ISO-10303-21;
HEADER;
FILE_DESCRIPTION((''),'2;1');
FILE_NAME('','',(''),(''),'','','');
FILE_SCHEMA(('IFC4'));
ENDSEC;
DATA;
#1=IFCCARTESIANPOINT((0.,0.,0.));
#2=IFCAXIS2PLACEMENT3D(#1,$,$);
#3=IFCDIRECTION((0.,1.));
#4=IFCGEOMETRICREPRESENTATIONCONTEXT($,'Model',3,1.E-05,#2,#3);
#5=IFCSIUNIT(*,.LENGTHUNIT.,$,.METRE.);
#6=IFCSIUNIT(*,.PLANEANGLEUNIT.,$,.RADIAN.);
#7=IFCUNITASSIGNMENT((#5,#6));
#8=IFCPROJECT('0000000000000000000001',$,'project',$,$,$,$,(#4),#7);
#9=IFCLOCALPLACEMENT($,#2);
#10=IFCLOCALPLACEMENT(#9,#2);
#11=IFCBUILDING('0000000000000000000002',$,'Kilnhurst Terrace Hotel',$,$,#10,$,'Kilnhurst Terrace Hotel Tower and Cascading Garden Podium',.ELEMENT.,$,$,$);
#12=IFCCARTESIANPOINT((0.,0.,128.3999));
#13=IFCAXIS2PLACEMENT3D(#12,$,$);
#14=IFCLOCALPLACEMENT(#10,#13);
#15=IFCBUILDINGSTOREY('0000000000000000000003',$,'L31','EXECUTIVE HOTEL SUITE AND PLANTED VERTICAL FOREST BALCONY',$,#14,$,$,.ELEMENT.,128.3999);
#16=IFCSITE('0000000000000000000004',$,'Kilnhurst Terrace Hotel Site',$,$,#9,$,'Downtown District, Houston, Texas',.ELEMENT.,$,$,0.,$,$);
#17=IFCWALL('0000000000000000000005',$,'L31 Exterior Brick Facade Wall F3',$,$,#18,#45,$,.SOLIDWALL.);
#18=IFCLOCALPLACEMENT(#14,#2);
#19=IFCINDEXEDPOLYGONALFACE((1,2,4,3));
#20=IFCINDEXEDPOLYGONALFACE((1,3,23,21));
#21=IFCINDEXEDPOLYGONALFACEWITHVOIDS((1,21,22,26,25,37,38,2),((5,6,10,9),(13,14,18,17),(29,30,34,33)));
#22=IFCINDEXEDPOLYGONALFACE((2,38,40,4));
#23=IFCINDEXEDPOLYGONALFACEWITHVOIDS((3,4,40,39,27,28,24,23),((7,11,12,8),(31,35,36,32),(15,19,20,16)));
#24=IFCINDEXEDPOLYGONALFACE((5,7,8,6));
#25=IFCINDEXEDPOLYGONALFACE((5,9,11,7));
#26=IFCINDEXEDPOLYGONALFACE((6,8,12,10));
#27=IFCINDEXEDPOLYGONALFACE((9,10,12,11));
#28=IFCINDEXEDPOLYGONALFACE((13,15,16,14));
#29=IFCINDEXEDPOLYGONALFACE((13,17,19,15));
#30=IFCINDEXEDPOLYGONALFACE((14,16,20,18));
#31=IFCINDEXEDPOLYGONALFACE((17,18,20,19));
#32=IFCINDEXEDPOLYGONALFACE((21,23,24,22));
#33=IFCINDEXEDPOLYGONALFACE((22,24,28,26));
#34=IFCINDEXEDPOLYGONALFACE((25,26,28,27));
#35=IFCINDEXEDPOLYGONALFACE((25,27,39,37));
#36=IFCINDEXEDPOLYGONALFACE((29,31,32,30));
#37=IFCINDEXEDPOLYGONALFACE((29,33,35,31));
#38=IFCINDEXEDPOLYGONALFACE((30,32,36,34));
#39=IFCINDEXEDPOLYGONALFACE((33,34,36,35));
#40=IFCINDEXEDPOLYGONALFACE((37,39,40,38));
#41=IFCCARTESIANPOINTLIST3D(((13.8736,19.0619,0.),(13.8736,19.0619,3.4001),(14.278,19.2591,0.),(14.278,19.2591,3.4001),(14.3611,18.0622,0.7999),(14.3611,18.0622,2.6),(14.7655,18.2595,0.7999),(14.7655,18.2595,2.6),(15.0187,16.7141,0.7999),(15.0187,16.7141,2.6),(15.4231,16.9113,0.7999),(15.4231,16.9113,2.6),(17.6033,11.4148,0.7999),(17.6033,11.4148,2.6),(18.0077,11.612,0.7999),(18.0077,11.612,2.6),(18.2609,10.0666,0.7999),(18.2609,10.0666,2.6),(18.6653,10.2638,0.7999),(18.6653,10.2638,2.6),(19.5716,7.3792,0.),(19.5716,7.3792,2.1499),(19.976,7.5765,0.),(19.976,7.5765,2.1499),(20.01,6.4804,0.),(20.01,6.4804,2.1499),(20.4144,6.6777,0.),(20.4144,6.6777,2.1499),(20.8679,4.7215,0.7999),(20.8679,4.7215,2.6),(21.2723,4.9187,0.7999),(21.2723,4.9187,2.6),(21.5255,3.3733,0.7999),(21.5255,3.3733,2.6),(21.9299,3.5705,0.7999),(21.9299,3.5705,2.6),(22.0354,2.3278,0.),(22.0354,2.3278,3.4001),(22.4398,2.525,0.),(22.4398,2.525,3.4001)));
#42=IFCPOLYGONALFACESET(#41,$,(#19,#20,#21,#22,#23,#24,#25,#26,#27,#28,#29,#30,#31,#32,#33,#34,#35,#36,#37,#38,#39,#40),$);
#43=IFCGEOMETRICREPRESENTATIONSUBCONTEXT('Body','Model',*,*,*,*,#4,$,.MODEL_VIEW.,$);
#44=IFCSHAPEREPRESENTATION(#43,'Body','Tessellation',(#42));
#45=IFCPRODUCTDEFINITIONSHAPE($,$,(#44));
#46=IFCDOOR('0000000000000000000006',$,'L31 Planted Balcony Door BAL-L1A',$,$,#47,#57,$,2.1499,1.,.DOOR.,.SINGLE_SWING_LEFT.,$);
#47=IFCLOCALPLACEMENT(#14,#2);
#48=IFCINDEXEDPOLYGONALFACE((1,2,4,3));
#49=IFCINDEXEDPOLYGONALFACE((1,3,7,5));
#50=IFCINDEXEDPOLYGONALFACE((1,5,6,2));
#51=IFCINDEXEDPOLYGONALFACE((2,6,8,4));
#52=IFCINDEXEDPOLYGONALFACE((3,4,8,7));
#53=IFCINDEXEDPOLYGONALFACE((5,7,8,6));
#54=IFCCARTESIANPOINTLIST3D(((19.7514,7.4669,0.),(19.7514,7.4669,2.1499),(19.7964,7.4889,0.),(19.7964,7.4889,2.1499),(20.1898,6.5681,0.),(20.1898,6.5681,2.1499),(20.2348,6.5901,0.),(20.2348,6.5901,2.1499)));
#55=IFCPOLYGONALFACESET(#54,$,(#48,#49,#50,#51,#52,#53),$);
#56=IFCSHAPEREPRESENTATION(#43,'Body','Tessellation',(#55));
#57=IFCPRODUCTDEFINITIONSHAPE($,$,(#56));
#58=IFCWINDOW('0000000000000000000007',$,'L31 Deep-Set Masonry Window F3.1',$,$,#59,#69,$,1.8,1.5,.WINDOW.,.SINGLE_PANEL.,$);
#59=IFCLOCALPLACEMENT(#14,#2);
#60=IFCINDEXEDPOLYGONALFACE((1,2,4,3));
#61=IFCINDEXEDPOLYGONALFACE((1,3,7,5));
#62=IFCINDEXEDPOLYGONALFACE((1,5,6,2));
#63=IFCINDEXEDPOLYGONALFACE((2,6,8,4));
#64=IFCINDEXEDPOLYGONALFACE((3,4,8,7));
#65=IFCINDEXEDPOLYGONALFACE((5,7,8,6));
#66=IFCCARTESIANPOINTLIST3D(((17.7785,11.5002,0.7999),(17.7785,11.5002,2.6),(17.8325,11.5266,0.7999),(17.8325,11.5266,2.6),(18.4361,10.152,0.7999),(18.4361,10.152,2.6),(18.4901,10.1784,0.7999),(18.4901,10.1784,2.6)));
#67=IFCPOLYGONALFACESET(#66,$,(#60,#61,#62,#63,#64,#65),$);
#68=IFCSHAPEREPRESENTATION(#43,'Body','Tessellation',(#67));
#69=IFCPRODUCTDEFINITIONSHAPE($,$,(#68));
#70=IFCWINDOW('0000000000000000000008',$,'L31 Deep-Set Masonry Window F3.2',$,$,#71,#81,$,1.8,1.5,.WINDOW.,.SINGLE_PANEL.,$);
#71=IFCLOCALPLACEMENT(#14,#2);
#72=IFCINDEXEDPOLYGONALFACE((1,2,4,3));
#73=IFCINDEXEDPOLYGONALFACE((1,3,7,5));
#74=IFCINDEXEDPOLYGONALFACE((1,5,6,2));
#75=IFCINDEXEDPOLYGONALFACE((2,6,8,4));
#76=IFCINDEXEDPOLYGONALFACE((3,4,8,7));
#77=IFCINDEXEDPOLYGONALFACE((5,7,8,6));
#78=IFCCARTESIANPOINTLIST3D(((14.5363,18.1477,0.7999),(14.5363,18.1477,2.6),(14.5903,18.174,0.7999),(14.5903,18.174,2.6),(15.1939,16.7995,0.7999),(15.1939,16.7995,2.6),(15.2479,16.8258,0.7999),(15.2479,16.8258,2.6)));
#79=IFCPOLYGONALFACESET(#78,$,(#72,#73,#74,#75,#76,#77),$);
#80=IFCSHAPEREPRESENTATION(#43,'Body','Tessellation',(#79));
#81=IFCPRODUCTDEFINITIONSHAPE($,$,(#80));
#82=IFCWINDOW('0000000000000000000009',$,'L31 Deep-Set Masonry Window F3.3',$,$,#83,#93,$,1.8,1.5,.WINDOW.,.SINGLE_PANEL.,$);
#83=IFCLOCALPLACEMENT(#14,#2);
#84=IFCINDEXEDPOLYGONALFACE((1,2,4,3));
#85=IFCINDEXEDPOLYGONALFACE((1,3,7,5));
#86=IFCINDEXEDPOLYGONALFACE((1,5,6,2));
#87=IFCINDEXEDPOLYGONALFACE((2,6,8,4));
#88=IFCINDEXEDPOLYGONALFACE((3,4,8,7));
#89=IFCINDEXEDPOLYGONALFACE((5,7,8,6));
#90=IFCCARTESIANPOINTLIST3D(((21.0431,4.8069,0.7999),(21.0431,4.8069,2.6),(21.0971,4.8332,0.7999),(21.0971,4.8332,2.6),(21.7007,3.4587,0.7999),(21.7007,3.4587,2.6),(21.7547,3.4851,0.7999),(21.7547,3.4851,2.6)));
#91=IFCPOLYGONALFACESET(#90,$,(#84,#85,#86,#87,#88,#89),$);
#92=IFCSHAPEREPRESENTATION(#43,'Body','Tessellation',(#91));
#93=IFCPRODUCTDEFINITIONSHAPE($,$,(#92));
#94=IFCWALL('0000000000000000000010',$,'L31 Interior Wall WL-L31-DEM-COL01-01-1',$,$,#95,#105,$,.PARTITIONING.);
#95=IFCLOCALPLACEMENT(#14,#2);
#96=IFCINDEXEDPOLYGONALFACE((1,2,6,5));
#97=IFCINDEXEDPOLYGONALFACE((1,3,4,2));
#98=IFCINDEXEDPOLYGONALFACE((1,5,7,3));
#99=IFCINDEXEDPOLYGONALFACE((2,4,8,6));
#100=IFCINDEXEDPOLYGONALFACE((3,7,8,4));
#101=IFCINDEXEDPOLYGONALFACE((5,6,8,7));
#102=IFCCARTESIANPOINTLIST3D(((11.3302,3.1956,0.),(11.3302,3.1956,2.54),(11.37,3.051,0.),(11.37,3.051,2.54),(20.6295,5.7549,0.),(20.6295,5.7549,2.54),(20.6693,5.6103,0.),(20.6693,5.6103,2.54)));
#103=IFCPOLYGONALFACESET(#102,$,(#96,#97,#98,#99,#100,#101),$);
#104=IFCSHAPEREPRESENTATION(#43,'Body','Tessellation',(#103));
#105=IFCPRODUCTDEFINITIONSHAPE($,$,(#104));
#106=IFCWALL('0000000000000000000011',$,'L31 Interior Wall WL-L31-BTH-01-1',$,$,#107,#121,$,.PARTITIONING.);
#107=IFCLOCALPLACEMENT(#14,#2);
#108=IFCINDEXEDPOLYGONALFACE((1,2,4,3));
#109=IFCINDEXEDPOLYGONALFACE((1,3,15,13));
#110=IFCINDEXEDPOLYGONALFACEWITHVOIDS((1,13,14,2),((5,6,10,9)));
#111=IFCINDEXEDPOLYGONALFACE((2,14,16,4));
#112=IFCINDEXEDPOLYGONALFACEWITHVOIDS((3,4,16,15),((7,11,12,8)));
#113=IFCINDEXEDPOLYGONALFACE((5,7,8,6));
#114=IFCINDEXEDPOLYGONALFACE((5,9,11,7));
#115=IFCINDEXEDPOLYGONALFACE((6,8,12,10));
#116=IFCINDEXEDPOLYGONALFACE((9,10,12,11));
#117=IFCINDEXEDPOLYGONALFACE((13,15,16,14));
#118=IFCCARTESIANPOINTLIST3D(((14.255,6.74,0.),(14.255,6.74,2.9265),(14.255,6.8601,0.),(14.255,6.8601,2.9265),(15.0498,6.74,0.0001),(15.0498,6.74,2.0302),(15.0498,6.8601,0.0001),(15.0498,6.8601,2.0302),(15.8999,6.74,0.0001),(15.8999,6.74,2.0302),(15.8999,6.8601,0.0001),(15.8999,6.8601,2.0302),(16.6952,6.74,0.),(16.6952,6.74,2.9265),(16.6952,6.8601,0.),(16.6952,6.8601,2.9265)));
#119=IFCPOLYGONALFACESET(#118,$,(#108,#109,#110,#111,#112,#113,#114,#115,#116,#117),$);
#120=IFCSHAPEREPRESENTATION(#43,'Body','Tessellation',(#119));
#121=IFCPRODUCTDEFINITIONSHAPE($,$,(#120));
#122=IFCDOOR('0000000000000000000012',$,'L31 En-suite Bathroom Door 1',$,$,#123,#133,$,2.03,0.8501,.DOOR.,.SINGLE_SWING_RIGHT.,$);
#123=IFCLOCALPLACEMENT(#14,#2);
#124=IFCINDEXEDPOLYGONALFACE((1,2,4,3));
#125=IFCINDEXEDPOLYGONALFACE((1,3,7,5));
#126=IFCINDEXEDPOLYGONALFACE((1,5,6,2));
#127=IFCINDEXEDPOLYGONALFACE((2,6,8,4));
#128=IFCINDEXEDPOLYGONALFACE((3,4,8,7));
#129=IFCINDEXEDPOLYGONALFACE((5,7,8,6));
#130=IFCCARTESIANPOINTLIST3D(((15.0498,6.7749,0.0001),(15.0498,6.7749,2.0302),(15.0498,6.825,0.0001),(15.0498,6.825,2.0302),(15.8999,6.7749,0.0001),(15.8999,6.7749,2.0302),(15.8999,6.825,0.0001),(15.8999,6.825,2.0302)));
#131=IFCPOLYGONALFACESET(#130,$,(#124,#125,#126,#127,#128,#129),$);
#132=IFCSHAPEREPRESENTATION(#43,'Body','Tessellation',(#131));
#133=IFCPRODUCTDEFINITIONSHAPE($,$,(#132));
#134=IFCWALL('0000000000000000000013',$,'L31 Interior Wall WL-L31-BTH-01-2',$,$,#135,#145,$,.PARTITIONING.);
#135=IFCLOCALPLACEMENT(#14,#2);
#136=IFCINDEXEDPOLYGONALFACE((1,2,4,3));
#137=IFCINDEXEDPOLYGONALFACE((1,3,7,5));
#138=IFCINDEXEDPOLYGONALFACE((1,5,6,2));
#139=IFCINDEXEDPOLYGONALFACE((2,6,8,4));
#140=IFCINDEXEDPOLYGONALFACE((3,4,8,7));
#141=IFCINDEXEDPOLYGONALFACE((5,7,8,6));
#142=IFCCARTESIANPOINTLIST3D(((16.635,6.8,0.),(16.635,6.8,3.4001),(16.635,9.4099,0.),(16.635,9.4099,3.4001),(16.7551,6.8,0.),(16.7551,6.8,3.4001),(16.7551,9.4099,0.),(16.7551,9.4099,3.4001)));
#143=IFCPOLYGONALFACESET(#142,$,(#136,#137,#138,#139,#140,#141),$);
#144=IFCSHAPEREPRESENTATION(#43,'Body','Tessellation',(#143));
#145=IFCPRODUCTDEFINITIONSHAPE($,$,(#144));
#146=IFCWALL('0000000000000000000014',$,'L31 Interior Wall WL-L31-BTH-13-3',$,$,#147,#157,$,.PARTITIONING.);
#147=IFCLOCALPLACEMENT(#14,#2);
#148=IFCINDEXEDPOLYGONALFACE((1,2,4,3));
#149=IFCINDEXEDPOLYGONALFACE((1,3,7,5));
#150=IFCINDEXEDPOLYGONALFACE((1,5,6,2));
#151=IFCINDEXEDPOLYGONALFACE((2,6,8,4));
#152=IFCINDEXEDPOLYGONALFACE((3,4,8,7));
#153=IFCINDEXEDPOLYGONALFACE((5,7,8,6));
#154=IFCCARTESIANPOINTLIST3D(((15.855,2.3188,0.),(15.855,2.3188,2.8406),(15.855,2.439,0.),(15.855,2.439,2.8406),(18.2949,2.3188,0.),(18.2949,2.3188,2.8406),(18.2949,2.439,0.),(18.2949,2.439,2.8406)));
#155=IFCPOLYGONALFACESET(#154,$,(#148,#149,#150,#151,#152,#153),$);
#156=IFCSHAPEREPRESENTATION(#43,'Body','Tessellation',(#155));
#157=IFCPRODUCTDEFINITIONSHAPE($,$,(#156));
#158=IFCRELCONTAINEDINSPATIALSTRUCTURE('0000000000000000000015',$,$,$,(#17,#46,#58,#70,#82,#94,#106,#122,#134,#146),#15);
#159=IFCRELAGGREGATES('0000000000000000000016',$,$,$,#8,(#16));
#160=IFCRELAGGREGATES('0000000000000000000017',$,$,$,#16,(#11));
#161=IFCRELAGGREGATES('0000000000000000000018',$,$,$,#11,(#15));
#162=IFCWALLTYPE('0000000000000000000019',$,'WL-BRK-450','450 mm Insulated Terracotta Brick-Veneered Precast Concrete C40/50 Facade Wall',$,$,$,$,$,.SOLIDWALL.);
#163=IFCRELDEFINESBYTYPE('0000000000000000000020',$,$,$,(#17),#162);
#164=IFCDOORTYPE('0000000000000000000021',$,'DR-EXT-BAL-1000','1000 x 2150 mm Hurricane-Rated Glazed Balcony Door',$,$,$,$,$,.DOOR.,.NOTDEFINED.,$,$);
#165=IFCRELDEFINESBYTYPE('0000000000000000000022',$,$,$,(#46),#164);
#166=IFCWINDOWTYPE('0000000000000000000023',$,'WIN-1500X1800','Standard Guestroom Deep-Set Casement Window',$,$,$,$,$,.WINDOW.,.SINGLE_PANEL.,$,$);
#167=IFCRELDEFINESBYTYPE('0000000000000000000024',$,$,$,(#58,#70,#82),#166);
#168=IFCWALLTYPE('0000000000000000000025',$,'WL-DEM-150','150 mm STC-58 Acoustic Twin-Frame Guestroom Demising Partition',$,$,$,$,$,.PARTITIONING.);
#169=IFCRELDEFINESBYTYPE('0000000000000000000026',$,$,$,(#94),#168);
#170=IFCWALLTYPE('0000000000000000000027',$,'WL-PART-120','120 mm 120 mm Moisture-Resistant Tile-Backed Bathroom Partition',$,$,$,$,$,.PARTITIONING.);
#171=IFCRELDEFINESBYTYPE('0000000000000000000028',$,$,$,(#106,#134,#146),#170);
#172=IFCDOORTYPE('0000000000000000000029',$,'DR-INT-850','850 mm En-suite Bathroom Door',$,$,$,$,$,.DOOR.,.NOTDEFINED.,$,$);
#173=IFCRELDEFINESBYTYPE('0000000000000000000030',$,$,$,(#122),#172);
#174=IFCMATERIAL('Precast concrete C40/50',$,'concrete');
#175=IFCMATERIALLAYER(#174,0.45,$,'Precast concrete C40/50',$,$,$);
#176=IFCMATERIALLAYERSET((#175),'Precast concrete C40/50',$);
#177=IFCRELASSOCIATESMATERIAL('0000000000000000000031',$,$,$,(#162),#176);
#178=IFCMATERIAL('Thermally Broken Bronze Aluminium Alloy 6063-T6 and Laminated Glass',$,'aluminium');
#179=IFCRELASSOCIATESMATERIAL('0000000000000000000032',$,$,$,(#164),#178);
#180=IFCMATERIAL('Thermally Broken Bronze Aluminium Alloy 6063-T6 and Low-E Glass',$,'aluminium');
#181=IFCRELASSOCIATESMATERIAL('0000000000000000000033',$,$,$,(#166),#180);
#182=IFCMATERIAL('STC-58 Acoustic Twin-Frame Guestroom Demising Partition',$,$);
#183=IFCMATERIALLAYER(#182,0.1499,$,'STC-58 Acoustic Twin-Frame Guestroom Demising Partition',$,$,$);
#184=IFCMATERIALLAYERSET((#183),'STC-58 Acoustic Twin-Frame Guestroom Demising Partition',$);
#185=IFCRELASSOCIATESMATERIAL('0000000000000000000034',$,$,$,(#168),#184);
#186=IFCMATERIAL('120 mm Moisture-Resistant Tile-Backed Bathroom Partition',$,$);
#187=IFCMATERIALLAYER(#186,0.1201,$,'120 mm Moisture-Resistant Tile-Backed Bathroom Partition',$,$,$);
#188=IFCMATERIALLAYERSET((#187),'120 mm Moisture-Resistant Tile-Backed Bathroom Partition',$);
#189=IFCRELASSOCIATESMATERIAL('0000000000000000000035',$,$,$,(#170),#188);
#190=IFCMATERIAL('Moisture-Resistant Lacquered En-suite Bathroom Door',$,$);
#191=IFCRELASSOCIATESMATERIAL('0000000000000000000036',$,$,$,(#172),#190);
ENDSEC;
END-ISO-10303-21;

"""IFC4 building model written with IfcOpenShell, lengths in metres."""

from ifc_helpers import new_model, si_unit, direction, frame, frame_2d, origin, place, context, subcontext, project, spatial, rectangle, extrude, material, layer, layer_set, type_object, element, fill, save


model = new_model("IFC4")

# Units and contexts
model_context = context("Model", 3, precision=1e-05, world=origin(), true_north=direction((0.0, 1.0)))
body_context = subcontext(model_context, "Body", "Model", "MODEL_VIEW")
ifc_project = project(units=[si_unit("LENGTHUNIT", "METRE"), si_unit("PLANEANGLEUNIT", "RADIAN")], contexts=[model_context])

# Site, building, storey
site_placement = place(None, origin())
site = spatial("IfcSite", under=ifc_project, at=site_placement, Name="Kilnhurst Terrace Hotel Site", LongName="Downtown District, Houston, Texas", CompositionType="ELEMENT", RefElevation=0.0)
building_placement = place(site_placement, origin())
building = spatial("IfcBuilding", under=site, at=building_placement, Name="Kilnhurst Terrace Hotel", LongName="Kilnhurst Terrace Hotel Tower and Cascading Garden Podium", CompositionType="ELEMENT")
storey_placement = place(building_placement, frame((0.0, 0.0, 128.3999)))
storey = spatial("IfcBuildingStorey", under=building, at=storey_placement, Name="L31", Description="EXECUTIVE HOTEL SUITE AND PLANTED VERTICAL FOREST BALCONY", CompositionType="ELEMENT", Elevation=128.3999)

# Shared definitions
ifc_material_1 = material(Name="Precast concrete C40/50", Category="concrete")
ifc_layer_1 = layer(ifc_material_1, 0.45, Name="Precast concrete C40/50")
ifc_layer_set_1 = layer_set([ifc_layer_1], Name="Precast concrete C40/50")
wall_type_1 = type_object("IfcWallType", Name="WL-BRK-450", Description="450 mm Insulated Terracotta Brick-Veneered Precast Concrete C40/50 Facade Wall", PredefinedType="SOLIDWALL", material=ifc_layer_set_1)

# Wall, openings, door, windows
wall_1_placement = place(storey_placement, frame((22.2375, 2.4265, 0.0), z_axis=(0.0, 0.0, 1.0), x_axis=(-0.438375, 0.898792, 0.0)))
wall_1 = element("IfcWall", 1, at=wall_1_placement, inside=storey, type_object=wall_type_1, Name="L31 Exterior Brick Facade Wall F3", PredefinedType="SOLIDWALL", context=body_context, shape_type="SweptSolid", body=[
    extrude(rectangle(XDim=18.6184, YDim=0.45, at=frame_2d((9.3091, 0.0))), origin(), (0.0, 0.0, 1.0), 3.4001),
])
opening_1_placement = place(wall_1_placement, frame((4.6201, 0.0, 0.0)))
opening_1 = element("IfcOpeningElement", 2, at=opening_1_placement, cuts=wall_1, PredefinedType="OPENING", context=body_context, shape_type="SweptSolid", body=[
    extrude(rectangle(XDim=1.0, YDim=2.1499, at=frame_2d((0.5, 1.075))), frame((0.0, 0.2349, 0.0), z_axis=(0.0, -1.0, 0.0), x_axis=(1.0, 0.0, 0.0)), (0.0, 0.0, 1.0), 0.47),
])
opening_2_placement = place(wall_1_placement, frame((8.6101, 0.0, 0.8)))
opening_2 = element("IfcOpeningElement", 3, at=opening_2_placement, cuts=wall_1, PredefinedType="OPENING", context=body_context, shape_type="SweptSolid", body=[
    extrude(rectangle(XDim=1.5, YDim=1.8, at=frame_2d((0.75, 0.8999))), frame((0.0, 0.2349, 0.0), z_axis=(0.0, -1.0, 0.0), x_axis=(1.0, 0.0, 0.0)), (0.0, 0.0, 1.0), 0.47),
])
opening_3_placement = place(wall_1_placement, frame((16.0061, 0.0, 0.8)))
opening_3 = element("IfcOpeningElement", 4, at=opening_3_placement, cuts=wall_1, PredefinedType="OPENING", context=body_context, shape_type="SweptSolid", body=[
    extrude(rectangle(XDim=1.5, YDim=1.8, at=frame_2d((0.75, 0.8999))), frame((0.0, 0.2349, 0.0), z_axis=(0.0, -1.0, 0.0), x_axis=(1.0, 0.0, 0.0)), (0.0, 0.0, 1.0), 0.47),
])
opening_4_placement = place(wall_1_placement, frame((1.1631, 0.0, 0.8)))
opening_4 = element("IfcOpeningElement", 5, at=opening_4_placement, cuts=wall_1, PredefinedType="OPENING", context=body_context, shape_type="SweptSolid", body=[
    extrude(rectangle(XDim=1.5, YDim=1.8, at=frame_2d((0.75, 0.8999))), frame((0.0, 0.2349, 0.0), z_axis=(0.0, -1.0, 0.0), x_axis=(1.0, 0.0, 0.0)), (0.0, 0.0, 1.0), 0.47),
])
ifc_material_2 = material(Name="Thermally Broken Bronze Aluminium Alloy 6063-T6 and Laminated Glass", Category="aluminium")
door_type_1 = type_object("IfcDoorType", Name="DR-EXT-BAL-1000", Description="1000 x 2150 mm Hurricane-Rated Glazed Balcony Door", OperationType="NOTDEFINED", PredefinedType="DOOR", material=ifc_material_2)
door_1_placement = place(opening_1_placement, origin())
door_1 = element("IfcDoor", 6, at=door_1_placement, inside=storey, type_object=door_type_1, Name="L31 Planted Balcony Door BAL-L1A", OperationType="SINGLE_SWING_LEFT", OverallHeight=2.1499, OverallWidth=1.0, PredefinedType="DOOR", context=body_context, shape_type="SweptSolid", body=[
    extrude(rectangle(XDim=1.0, YDim=2.1499, at=frame_2d((0.5, 1.075))), frame((0.0, 0.0249, 0.0), z_axis=(0.0, -1.0, 0.0), x_axis=(1.0, 0.0, 0.0)), (0.0, 0.0, 1.0), 0.05),
])
fill(opening_1, door_1)
ifc_material_3 = material(Name="Thermally Broken Bronze Aluminium Alloy 6063-T6 and Low-E Glass", Category="aluminium")
window_type = type_object("IfcWindowType", Name="WIN-1500X1800", Description="Standard Guestroom Deep-Set Casement Window", PartitioningType="SINGLE_PANEL", PredefinedType="WINDOW", material=ifc_material_3)
window_1_placement = place(opening_2_placement, origin())
window_1 = element("IfcWindow", 7, at=window_1_placement, inside=storey, type_object=window_type, Name="L31 Deep-Set Masonry Window F3.1", OverallHeight=1.8, OverallWidth=1.5, PartitioningType="SINGLE_PANEL", PredefinedType="WINDOW", context=body_context, shape_type="SweptSolid", body=[
    extrude(rectangle(XDim=1.5, YDim=1.8, at=frame_2d((0.75, 0.8999))), frame((0.0, 0.03, 0.0), z_axis=(0.0, -1.0, 0.0), x_axis=(1.0, 0.0, 0.0)), (0.0, 0.0, 1.0), 0.0601),
])
fill(opening_2, window_1)
window_2_placement = place(opening_3_placement, origin())
window_2 = element("IfcWindow", 8, at=window_2_placement, inside=storey, type_object=window_type, Name="L31 Deep-Set Masonry Window F3.2", OverallHeight=1.8, OverallWidth=1.5, PartitioningType="SINGLE_PANEL", PredefinedType="WINDOW", context=body_context, shape_type="SweptSolid", body=[
    extrude(rectangle(XDim=1.5, YDim=1.8, at=frame_2d((0.75, 0.8999))), frame((0.0, 0.03, 0.0), z_axis=(0.0, -1.0, 0.0), x_axis=(1.0, 0.0, 0.0)), (0.0, 0.0, 1.0), 0.0601),
])
fill(opening_3, window_2)
window_3_placement = place(opening_4_placement, origin())
window_3 = element("IfcWindow", 9, at=window_3_placement, inside=storey, type_object=window_type, Name="L31 Deep-Set Masonry Window F3.3", OverallHeight=1.8, OverallWidth=1.5, PartitioningType="SINGLE_PANEL", PredefinedType="WINDOW", context=body_context, shape_type="SweptSolid", body=[
    extrude(rectangle(XDim=1.5, YDim=1.8, at=frame_2d((0.75, 0.8999))), frame((0.0, 0.03, 0.0), z_axis=(0.0, -1.0, 0.0), x_axis=(1.0, 0.0, 0.0)), (0.0, 0.0, 1.0), 0.0601),
])
fill(opening_4, window_3)

# Wall
ifc_material_4 = material(Name="STC-58 Acoustic Twin-Frame Guestroom Demising Partition")
ifc_layer_2 = layer(ifc_material_4, 0.1499, Name="STC-58 Acoustic Twin-Frame Guestroom Demising Partition")
ifc_layer_set_2 = layer_set([ifc_layer_2], Name="STC-58 Acoustic Twin-Frame Guestroom Demising Partition")
wall_type_2 = type_object("IfcWallType", Name="WL-DEM-150", Description="150 mm STC-58 Acoustic Twin-Frame Guestroom Demising Partition", PredefinedType="PARTITIONING", material=ifc_layer_set_2)
wall_2_placement = place(storey_placement, frame((11.3501, 3.1233, 0.0), z_axis=(0.0, 0.0, 1.0), x_axis=(0.964152, 0.265351, 0.0)))
element("IfcWall", 10, at=wall_2_placement, inside=storey, type_object=wall_type_2, Name="L31 Interior Wall WL-L31-DEM-COL01-01-1", PredefinedType="PARTITIONING", context=body_context, shape_type="SweptSolid", body=[
    extrude(rectangle(XDim=9.645, YDim=0.1499, at=frame_2d((4.8225, 0.0))), origin(), (0.0, 0.0, 1.0), 2.54),
])

# Wall, opening, door
ifc_material_5 = material(Name="120 mm Moisture-Resistant Tile-Backed Bathroom Partition")
ifc_layer_3 = layer(ifc_material_5, 0.1201, Name="120 mm Moisture-Resistant Tile-Backed Bathroom Partition")
ifc_layer_set_3 = layer_set([ifc_layer_3], Name="120 mm Moisture-Resistant Tile-Backed Bathroom Partition")
wall_type_3 = type_object("IfcWallType", Name="WL-PART-120", Description="120 mm 120 mm Moisture-Resistant Tile-Backed Bathroom Partition", PredefinedType="PARTITIONING", material=ifc_layer_set_3)
wall_3_placement = place(storey_placement, frame((14.2549, 6.8, 0.0), z_axis=(0.0, 0.0, 1.0), x_axis=(1.0, 0.0, 0.0)))
wall_3 = element("IfcWall", 11, at=wall_3_placement, inside=storey, type_object=wall_type_3, Name="L31 Interior Wall WL-L31-BTH-01-1", PredefinedType="PARTITIONING", context=body_context, shape_type="SweptSolid", body=[
    extrude(rectangle(XDim=2.4402, YDim=0.1201, at=frame_2d((1.2202, 0.0))), origin(), (0.0, 0.0, 1.0), 2.9265),
])
opening_5_placement = place(wall_3_placement, frame((0.7949, 0.0, 0.0)))
opening_5 = element("IfcOpeningElement", 12, at=opening_5_placement, cuts=wall_3, PredefinedType="OPENING", context=body_context, shape_type="SweptSolid", body=[
    extrude(rectangle(XDim=0.8501, YDim=2.03, at=frame_2d((0.425, 1.0151))), frame((0.0, 0.0701, 0.0), z_axis=(0.0, -1.0, 0.0), x_axis=(1.0, 0.0, 0.0)), (0.0, 0.0, 1.0), 0.1401),
])
ifc_material_6 = material(Name="Moisture-Resistant Lacquered En-suite Bathroom Door")
door_type_2 = type_object("IfcDoorType", Name="DR-INT-850", Description="850 mm En-suite Bathroom Door", OperationType="NOTDEFINED", PredefinedType="DOOR", material=ifc_material_6)
door_2_placement = place(opening_5_placement, origin())
door_2 = element("IfcDoor", 13, at=door_2_placement, inside=storey, type_object=door_type_2, Name="L31 En-suite Bathroom Door 1", OperationType="SINGLE_SWING_RIGHT", OverallHeight=2.03, OverallWidth=0.8501, PredefinedType="DOOR", context=body_context, shape_type="SweptSolid", body=[
    extrude(rectangle(XDim=0.8501, YDim=2.03, at=frame_2d((0.425, 1.0151))), frame((0.0, 0.0249, 0.0), z_axis=(0.0, -1.0, 0.0), x_axis=(1.0, 0.0, 0.0)), (0.0, 0.0, 1.0), 0.05),
])
fill(opening_5, door_2)

# Walls
wall_4_placement = place(storey_placement, frame((16.6951, 6.8, 0.0), z_axis=(0.0, 0.0, 1.0), x_axis=(0.0, 1.0, 0.0)))
element("IfcWall", 14, at=wall_4_placement, inside=storey, type_object=wall_type_3, Name="L31 Interior Wall WL-L31-BTH-01-2", PredefinedType="PARTITIONING", context=body_context, shape_type="SweptSolid", body=[
    extrude(rectangle(XDim=2.6099, YDim=0.1201, at=frame_2d((1.3049, 0.0))), origin(), (0.0, 0.0, 1.0), 3.4001),
])
wall_5_placement = place(storey_placement, frame((18.2949, 2.3789, 0.0), z_axis=(0.0, 0.0, 1.0), x_axis=(-1.0, 0.0, 0.0)))
element("IfcWall", 15, at=wall_5_placement, inside=storey, type_object=wall_type_3, Name="L31 Interior Wall WL-L31-BTH-13-3", PredefinedType="PARTITIONING", context=body_context, shape_type="SweptSolid", body=[
    extrude(rectangle(XDim=2.4399, YDim=0.1201, at=frame_2d((1.22, 0.0))), origin(), (0.0, 0.0, 1.0), 2.8406),
])

save(model, "model.ifc")
